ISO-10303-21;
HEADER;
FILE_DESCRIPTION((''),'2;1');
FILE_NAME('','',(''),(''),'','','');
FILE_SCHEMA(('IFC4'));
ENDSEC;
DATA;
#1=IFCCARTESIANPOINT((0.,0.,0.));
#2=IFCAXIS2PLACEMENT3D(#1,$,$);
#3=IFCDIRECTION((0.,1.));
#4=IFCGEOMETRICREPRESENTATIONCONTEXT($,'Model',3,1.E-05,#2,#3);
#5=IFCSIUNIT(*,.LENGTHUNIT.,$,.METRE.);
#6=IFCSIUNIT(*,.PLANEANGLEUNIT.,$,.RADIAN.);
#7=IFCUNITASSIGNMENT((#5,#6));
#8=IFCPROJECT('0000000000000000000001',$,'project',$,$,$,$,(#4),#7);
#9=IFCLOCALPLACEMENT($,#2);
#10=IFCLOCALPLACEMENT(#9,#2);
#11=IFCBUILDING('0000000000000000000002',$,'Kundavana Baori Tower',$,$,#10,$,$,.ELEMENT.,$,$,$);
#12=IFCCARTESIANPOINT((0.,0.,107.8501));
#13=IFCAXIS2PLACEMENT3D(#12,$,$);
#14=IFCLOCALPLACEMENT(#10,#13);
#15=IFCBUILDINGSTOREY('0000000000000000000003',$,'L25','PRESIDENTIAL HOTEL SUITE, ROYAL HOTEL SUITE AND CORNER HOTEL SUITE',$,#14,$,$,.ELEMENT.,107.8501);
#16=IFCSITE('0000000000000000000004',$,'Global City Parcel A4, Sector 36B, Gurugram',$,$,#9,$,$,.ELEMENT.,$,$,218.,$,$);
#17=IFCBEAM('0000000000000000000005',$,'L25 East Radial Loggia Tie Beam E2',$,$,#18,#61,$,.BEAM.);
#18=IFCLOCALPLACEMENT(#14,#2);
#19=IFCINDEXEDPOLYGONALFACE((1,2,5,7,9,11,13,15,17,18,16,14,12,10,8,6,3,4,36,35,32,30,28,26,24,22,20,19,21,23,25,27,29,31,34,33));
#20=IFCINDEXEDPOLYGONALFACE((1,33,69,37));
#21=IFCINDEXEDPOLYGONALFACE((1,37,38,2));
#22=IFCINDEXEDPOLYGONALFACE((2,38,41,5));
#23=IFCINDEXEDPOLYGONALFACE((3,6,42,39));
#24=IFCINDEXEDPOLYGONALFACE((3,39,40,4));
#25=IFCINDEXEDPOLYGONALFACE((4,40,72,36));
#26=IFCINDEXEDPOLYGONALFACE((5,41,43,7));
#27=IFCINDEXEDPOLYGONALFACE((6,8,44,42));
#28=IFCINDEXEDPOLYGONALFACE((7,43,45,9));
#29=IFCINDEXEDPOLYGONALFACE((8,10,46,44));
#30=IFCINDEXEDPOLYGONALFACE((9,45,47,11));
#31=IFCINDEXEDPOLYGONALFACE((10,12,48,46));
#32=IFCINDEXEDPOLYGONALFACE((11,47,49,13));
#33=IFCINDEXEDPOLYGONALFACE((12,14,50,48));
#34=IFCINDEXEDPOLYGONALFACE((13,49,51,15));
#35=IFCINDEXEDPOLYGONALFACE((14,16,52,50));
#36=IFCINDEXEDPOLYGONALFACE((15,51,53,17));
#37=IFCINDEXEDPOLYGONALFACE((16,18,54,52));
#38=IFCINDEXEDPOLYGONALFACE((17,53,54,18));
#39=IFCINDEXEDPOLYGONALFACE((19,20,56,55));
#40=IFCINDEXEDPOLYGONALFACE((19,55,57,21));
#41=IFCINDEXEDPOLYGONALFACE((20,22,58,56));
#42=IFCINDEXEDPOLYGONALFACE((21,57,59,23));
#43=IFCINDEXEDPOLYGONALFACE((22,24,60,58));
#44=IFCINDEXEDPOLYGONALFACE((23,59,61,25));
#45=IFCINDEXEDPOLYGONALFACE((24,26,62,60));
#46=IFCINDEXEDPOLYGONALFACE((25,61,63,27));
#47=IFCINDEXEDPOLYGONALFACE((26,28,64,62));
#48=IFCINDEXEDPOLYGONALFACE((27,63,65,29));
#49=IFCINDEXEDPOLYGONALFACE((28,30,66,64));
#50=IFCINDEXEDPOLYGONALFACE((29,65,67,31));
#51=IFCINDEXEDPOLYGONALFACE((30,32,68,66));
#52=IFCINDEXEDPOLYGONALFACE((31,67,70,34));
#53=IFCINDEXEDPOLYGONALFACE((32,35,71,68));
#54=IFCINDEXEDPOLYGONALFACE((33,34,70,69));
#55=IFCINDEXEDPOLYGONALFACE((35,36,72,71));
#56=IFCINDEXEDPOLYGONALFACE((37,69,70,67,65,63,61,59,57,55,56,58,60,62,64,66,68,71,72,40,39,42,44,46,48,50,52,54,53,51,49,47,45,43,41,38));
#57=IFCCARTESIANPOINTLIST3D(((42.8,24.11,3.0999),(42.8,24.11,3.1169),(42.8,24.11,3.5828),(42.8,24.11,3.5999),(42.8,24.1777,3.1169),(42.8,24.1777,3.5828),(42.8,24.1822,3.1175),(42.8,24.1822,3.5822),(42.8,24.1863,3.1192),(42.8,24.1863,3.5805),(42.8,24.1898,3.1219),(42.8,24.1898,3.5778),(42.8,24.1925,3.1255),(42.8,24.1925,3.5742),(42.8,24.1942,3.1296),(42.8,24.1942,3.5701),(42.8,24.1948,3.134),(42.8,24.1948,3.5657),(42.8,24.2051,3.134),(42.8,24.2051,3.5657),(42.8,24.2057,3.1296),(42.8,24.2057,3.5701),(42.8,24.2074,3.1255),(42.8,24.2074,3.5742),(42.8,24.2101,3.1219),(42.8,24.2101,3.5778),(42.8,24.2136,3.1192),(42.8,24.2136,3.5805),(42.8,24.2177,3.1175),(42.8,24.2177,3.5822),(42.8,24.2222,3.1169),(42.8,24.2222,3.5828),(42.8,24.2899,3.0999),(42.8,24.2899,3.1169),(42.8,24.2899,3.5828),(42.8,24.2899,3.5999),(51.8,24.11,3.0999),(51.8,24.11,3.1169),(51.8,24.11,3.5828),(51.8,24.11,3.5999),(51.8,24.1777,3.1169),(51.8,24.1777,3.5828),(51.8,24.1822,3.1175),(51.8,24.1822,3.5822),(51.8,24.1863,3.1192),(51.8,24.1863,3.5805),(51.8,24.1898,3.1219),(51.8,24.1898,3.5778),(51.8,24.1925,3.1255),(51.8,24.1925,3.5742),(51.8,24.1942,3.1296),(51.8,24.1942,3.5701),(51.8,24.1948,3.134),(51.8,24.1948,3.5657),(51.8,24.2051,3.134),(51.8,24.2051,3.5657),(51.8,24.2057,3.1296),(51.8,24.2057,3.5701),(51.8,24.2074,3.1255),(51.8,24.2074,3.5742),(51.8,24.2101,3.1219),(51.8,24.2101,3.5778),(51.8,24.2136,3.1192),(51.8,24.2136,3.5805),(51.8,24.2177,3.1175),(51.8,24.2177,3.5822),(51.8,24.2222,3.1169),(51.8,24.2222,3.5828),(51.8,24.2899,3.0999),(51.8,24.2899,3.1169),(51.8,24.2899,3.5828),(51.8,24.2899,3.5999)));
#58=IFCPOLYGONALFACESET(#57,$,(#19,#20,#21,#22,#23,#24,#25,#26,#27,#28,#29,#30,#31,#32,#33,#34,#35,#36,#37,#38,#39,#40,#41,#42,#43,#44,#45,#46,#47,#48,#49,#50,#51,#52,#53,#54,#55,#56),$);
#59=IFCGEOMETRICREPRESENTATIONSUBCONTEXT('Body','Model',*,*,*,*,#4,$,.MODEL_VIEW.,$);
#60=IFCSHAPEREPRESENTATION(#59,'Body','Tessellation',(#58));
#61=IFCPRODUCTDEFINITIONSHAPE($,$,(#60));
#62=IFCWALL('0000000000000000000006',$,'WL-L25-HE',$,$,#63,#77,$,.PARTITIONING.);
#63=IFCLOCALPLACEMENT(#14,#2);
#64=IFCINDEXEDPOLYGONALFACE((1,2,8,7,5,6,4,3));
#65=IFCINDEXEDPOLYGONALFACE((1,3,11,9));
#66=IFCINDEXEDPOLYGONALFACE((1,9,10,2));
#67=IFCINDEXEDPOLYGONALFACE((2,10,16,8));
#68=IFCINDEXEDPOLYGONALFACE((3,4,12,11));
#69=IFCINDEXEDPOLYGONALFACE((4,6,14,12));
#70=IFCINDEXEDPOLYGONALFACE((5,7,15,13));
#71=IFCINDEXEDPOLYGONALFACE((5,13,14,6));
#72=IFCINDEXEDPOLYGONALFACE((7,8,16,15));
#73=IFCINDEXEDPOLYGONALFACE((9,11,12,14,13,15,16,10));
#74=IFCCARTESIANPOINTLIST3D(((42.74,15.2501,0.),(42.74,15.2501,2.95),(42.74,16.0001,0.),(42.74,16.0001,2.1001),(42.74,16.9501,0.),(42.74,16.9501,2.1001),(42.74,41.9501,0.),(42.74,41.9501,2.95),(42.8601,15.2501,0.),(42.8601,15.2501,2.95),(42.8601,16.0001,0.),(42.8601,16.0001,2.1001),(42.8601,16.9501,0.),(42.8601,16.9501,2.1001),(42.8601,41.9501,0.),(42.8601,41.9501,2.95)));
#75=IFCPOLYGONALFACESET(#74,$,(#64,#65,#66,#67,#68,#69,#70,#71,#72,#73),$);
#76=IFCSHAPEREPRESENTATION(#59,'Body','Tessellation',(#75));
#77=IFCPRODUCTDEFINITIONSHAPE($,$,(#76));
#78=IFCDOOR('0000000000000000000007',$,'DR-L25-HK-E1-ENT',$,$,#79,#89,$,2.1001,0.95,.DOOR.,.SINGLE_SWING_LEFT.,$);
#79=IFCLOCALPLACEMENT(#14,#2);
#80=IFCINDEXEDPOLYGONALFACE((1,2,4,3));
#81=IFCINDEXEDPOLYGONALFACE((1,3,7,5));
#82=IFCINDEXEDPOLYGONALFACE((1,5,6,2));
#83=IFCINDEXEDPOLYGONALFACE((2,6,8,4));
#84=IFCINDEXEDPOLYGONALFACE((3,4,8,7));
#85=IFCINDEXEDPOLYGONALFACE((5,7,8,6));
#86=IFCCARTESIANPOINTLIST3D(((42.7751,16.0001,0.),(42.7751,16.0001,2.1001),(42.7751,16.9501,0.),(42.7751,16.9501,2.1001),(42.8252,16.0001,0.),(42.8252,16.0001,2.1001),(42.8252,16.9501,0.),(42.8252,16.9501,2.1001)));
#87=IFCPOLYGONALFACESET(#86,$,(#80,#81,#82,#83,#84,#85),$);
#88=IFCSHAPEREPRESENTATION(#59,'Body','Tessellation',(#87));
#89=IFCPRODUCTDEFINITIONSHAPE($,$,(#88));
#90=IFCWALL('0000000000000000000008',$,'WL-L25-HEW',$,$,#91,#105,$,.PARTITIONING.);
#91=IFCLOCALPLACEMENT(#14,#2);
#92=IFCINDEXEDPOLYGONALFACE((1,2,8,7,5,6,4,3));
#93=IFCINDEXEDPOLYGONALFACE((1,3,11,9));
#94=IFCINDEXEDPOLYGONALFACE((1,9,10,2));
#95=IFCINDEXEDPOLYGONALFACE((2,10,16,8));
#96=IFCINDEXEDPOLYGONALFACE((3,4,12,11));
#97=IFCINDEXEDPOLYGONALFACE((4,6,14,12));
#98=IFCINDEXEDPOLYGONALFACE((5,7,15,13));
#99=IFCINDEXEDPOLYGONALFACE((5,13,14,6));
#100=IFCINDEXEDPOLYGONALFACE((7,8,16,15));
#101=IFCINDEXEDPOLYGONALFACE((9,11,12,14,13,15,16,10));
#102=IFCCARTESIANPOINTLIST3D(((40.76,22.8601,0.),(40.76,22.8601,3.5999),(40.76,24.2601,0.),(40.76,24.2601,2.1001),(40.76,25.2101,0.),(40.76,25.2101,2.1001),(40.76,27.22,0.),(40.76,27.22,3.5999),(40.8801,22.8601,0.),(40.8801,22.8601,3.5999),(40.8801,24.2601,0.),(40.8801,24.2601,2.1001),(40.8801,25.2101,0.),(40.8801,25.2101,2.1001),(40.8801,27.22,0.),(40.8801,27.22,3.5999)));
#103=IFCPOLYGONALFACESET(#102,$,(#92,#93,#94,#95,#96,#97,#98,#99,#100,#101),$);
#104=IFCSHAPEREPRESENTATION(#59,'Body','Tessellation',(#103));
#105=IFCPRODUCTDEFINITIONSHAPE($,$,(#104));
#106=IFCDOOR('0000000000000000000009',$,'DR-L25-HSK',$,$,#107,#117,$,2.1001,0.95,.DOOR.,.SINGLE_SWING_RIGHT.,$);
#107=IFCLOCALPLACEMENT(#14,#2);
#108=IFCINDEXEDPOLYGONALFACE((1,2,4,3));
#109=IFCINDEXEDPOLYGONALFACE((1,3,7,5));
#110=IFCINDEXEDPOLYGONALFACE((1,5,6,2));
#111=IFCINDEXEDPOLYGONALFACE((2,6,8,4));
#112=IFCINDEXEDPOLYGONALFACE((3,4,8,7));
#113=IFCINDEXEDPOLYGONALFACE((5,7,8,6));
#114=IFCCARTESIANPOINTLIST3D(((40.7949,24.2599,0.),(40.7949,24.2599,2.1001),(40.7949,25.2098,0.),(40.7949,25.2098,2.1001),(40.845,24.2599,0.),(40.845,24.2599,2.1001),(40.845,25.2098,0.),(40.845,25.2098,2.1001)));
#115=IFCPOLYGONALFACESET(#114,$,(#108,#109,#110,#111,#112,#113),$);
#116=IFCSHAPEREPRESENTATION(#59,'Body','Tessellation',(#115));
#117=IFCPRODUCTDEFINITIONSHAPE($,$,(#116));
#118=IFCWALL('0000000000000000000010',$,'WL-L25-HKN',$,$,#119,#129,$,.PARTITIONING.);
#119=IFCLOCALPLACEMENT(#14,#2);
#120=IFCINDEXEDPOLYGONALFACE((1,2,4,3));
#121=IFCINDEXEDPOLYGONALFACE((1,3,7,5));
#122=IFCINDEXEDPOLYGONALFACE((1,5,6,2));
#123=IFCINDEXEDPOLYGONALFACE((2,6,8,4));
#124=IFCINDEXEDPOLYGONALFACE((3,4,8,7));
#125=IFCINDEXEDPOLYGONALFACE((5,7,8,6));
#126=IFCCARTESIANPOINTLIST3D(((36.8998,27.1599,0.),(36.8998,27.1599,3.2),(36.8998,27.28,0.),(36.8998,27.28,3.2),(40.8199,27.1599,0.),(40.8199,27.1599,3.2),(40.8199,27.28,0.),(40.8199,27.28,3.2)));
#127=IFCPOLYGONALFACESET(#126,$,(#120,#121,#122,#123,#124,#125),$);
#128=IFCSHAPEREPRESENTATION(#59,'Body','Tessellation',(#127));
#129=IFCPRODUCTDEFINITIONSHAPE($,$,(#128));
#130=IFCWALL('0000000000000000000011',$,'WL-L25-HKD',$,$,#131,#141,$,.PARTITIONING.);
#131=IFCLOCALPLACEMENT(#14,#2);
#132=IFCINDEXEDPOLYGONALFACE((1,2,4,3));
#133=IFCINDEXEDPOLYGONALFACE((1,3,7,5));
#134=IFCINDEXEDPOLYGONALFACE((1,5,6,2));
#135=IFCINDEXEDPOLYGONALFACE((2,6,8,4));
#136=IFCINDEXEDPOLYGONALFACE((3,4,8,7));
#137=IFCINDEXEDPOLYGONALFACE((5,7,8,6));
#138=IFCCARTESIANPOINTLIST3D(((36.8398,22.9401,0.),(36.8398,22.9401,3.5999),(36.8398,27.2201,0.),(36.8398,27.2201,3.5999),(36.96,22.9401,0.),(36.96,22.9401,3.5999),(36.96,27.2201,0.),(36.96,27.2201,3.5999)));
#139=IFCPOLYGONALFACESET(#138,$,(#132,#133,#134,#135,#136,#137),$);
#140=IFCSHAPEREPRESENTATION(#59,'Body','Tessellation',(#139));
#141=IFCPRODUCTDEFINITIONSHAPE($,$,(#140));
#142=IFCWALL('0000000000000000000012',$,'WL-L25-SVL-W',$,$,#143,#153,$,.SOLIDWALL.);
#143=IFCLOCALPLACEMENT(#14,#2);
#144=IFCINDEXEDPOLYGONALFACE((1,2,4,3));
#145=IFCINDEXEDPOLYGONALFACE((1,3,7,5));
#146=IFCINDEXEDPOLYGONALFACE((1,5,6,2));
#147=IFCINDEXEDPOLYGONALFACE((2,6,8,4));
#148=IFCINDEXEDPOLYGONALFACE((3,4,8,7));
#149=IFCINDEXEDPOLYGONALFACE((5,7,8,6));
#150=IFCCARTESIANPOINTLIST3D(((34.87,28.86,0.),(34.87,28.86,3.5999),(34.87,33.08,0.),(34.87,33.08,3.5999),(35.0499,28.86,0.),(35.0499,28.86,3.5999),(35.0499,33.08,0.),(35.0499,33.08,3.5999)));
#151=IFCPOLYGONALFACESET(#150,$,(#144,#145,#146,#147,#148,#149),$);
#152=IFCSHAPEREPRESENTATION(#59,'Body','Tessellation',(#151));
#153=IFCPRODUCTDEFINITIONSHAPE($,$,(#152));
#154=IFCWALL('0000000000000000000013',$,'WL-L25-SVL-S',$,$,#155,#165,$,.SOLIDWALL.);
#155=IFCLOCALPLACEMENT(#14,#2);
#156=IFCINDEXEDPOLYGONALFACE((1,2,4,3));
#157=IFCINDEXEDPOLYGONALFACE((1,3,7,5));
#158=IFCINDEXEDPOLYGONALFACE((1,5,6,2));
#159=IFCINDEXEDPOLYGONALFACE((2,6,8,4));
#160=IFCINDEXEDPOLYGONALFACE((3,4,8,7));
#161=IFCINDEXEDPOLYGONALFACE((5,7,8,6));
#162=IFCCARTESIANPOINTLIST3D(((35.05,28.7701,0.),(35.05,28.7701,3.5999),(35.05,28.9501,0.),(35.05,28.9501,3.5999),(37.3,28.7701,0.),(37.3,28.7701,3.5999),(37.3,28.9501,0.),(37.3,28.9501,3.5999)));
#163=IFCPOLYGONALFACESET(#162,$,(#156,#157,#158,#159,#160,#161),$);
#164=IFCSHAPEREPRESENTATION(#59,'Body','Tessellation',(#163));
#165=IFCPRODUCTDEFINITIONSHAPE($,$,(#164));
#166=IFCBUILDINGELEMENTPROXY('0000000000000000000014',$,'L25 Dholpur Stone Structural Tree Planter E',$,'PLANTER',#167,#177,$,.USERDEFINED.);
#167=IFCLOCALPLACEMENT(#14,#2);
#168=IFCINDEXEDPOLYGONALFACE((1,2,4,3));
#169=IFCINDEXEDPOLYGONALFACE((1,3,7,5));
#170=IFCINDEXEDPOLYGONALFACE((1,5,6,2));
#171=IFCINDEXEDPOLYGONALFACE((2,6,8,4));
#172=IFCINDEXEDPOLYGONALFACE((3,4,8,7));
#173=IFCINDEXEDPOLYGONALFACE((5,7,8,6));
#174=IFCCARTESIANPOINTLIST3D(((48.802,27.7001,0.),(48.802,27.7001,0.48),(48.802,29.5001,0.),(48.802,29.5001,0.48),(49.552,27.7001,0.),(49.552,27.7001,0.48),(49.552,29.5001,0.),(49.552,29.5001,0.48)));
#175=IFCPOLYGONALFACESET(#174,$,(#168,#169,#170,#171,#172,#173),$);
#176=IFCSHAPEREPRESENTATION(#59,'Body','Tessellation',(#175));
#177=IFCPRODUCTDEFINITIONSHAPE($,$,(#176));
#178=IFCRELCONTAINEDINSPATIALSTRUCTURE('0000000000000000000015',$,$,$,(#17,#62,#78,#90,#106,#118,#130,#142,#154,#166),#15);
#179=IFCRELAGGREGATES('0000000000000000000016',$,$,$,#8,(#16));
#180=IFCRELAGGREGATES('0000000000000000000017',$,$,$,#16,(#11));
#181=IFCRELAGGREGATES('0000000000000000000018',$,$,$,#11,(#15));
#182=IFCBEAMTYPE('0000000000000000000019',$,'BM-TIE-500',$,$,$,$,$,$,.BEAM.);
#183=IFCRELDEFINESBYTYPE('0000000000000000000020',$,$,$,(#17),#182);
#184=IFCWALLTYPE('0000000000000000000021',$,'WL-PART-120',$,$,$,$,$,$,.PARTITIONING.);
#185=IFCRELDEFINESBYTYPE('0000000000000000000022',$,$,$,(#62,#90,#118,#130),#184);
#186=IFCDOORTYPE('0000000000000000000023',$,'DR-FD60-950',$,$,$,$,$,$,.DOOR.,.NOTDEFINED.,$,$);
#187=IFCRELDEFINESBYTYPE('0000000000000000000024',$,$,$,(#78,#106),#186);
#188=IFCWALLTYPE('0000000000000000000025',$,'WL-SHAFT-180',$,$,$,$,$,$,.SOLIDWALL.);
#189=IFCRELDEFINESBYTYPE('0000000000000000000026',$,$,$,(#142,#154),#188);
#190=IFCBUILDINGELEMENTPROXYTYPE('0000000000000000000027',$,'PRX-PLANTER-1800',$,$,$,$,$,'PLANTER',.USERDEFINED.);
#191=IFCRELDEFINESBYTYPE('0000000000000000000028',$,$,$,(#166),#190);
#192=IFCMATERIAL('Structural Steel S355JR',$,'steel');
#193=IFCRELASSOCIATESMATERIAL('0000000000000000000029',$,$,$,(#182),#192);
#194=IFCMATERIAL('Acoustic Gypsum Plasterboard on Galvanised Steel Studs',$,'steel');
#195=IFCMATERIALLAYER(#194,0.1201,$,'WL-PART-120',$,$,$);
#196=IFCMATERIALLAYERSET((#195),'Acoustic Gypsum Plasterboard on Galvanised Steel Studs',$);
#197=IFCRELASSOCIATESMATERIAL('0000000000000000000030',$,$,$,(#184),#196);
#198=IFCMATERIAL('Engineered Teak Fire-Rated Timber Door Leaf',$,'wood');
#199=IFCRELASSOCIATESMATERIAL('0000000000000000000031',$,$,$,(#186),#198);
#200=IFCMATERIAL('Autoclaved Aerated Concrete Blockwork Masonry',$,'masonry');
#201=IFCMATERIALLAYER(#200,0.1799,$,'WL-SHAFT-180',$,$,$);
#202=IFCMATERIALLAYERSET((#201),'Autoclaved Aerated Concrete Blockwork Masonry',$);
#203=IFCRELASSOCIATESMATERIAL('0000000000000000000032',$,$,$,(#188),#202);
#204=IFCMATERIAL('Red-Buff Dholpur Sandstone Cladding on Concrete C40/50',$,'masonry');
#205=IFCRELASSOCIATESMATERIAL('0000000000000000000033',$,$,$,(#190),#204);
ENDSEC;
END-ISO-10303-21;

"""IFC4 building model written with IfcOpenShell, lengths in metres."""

from ifc_helpers import new_model, si_unit, direction, frame, frame_2d, origin, origin_2d, place, context, subcontext, project, spatial, rectangle, i_section, extrude, material, layer, layer_set, material_profile, profile_set, type_object, element, fill, save


model = new_model("IFC4")

# Units and contexts
model_context = context("Model", 3, precision=1e-05, world=origin(), true_north=direction((0.0, 1.0)))
body_context = subcontext(model_context, "Body", "Model", "MODEL_VIEW")
ifc_project = project(units=[si_unit("LENGTHUNIT", "METRE"), si_unit("PLANEANGLEUNIT", "RADIAN")], contexts=[model_context])

# Site, building, storey
site_placement = place(None, origin())
site = spatial("IfcSite", under=ifc_project, at=site_placement, Name="Global City Parcel A4, Sector 36B, Gurugram", CompositionType="ELEMENT", RefElevation=218.0)
building_placement = place(site_placement, origin())
building = spatial("IfcBuilding", under=site, at=building_placement, Name="Kundavana Baori Tower", CompositionType="ELEMENT")
storey_placement = place(building_placement, frame((0.0, 0.0, 107.8501)))
storey = spatial("IfcBuildingStorey", under=building, at=storey_placement, Name="L25", Description="PRESIDENTIAL HOTEL SUITE, ROYAL HOTEL SUITE AND CORNER HOTEL SUITE", CompositionType="ELEMENT", Elevation=107.8501)

# Beam
ifc_material_1 = material(Name="Structural Steel S355JR", Category="steel")
ifc_material_profile_1 = material_profile(ifc_material_1, i_section(OverallWidth=0.1799, OverallDepth=0.5, WebThickness=0.0103, FlangeThickness=0.0171, FilletRadius=0.0171, at=origin_2d()), Name="ISMB 500")
ifc_profile_set_1 = profile_set([ifc_material_profile_1], Name="Structural Steel S355JR")
beam_type_1 = type_object("IfcBeamType", Name="BM-TIE-500", PredefinedType="BEAM", material=ifc_profile_set_1)
for number, where, z_axis, x_axis, name in (
    (1, (42.8, 24.2, 3.3499), (1.0, 0.0, 0.0), (0.0, 1.0, 0.0), "L25 East Radial Loggia Tie Beam E2"),
):
    element("IfcBeam", number, at=place(storey_placement, frame(where, z_axis=z_axis, x_axis=x_axis)), inside=storey, type_object=beam_type_1, Name=name, PredefinedType="BEAM", context=body_context, shape_type="SweptSolid", body=[
        extrude(i_section(OverallWidth=0.1799, OverallDepth=0.5, WebThickness=0.0103, FlangeThickness=0.0171, FilletRadius=0.0171, at=origin_2d()), origin(), (0.0, 0.0, 1.0), 9.0),
    ])

# Walls, openings, doors
ifc_material_2 = material(Name="Acoustic Gypsum Plasterboard on Galvanised Steel Studs", Category="steel")
ifc_layer_1 = layer(ifc_material_2, 0.1201, Name="WL-PART-120")
ifc_layer_set_1 = layer_set([ifc_layer_1], Name="Acoustic Gypsum Plasterboard on Galvanised Steel Studs")
wall_type_1 = type_object("IfcWallType", Name="WL-PART-120", PredefinedType="PARTITIONING", material=ifc_layer_set_1)
wall_1_placement = place(storey_placement, frame((42.8, 15.25, 0.0), z_axis=(0.0, 0.0, 1.0), x_axis=(0.0, 1.0, 0.0)))
wall_1 = element("IfcWall", 2, at=wall_1_placement, inside=storey, type_object=wall_type_1, Name="WL-L25-HE", PredefinedType="PARTITIONING", context=body_context, shape_type="SweptSolid", body=[
    extrude(rectangle(XDim=26.7, YDim=0.1201, at=frame_2d((13.3501, 0.0))), origin(), (0.0, 0.0, 1.0), 2.95),
])
opening_1_placement = place(wall_1_placement, frame((0.75, 0.0, 0.0)))
opening_1 = element("IfcOpeningElement", 3, at=opening_1_placement, cuts=wall_1, PredefinedType="OPENING", context=body_context, shape_type="SweptSolid", body=[
    extrude(rectangle(XDim=0.95, YDim=2.1001, at=frame_2d((0.4751, 1.05))), frame((0.0, 0.0701, 0.0), z_axis=(0.0, -1.0, 0.0), x_axis=(1.0, 0.0, 0.0)), (0.0, 0.0, 1.0), 0.1401),
])
ifc_material_3 = material(Name="Engineered Teak Fire-Rated Timber Door Leaf", Category="wood")
door_type = type_object("IfcDoorType", Name="DR-FD60-950", OperationType="NOTDEFINED", PredefinedType="DOOR", material=ifc_material_3)
door_1_placement = place(opening_1_placement, origin())
door_1 = element("IfcDoor", 4, at=door_1_placement, inside=storey, type_object=door_type, Name="DR-L25-HK-E1-ENT", OperationType="SINGLE_SWING_LEFT", OverallHeight=2.1001, OverallWidth=0.95, PredefinedType="DOOR", context=body_context, shape_type="SweptSolid", body=[
    extrude(rectangle(XDim=0.95, YDim=2.1001, at=frame_2d((0.4751, 1.05))), frame((0.0, 0.0249, 0.0), z_axis=(0.0, -1.0, 0.0), x_axis=(1.0, 0.0, 0.0)), (0.0, 0.0, 1.0), 0.05),
])
fill(opening_1, door_1)
wall_2_placement = place(storey_placement, frame((40.8201, 22.8601, 0.0), z_axis=(0.0, 0.0, 1.0), x_axis=(0.0, 1.0, 0.0)))
wall_2 = element("IfcWall", 5, at=wall_2_placement, inside=storey, type_object=wall_type_1, Name="WL-L25-HEW", PredefinedType="PARTITIONING", context=body_context, shape_type="SweptSolid", body=[
    extrude(rectangle(XDim=4.3599, YDim=0.1201, at=frame_2d((2.1799, 0.0))), origin(), (0.0, 0.0, 1.0), 3.5999),
])
opening_2_placement = place(wall_2_placement, frame((1.3999, 0.0, 0.0)))
opening_2 = element("IfcOpeningElement", 6, at=opening_2_placement, cuts=wall_2, PredefinedType="OPENING", context=body_context, shape_type="SweptSolid", body=[
    extrude(rectangle(XDim=0.95, YDim=2.1001, at=frame_2d((0.4751, 1.05))), frame((0.0, 0.0701, 0.0), z_axis=(0.0, -1.0, 0.0), x_axis=(1.0, 0.0, 0.0)), (0.0, 0.0, 1.0), 0.1401),
])
door_2_placement = place(opening_2_placement, frame((0.95, 0.0, 0.0), z_axis=(0.0, 0.0, 1.0), x_axis=(-1.0, 0.0, 0.0)))
door_2 = element("IfcDoor", 7, at=door_2_placement, inside=storey, type_object=door_type, Name="DR-L25-HSK", OperationType="SINGLE_SWING_RIGHT", OverallHeight=2.1001, OverallWidth=0.95, PredefinedType="DOOR", context=body_context, shape_type="SweptSolid", body=[
    extrude(rectangle(XDim=0.95, YDim=2.1001, at=frame_2d((0.4751, 1.05))), frame((0.0, 0.0249, 0.0), z_axis=(0.0, -1.0, 0.0), x_axis=(1.0, 0.0, 0.0)), (0.0, 0.0, 1.0), 0.05),
])
fill(opening_2, door_2)

# Walls
wall_3_placement = place(storey_placement, frame((36.8999, 27.22, 0.0), z_axis=(0.0, 0.0, 1.0), x_axis=(1.0, 0.0, 0.0)))
element("IfcWall", 8, at=wall_3_placement, inside=storey, type_object=wall_type_1, Name="WL-L25-HKN", PredefinedType="PARTITIONING", context=body_context, shape_type="SweptSolid", body=[
    extrude(rectangle(XDim=3.9202, YDim=0.1201, at=frame_2d((1.96, 0.0))), origin(), (0.0, 0.0, 1.0), 3.2),
])
wall_4_placement = place(storey_placement, frame((36.8999, 22.9399, 0.0), z_axis=(0.0, 0.0, 1.0), x_axis=(0.0, 1.0, 0.0)))
element("IfcWall", 9, at=wall_4_placement, inside=storey, type_object=wall_type_1, Name="WL-L25-HKD", PredefinedType="PARTITIONING", context=body_context, shape_type="SweptSolid", body=[
    extrude(rectangle(XDim=4.28, YDim=0.1201, at=frame_2d((2.1401, 0.0))), origin(), (0.0, 0.0, 1.0), 3.5999),
])
ifc_material_4 = material(Name="Autoclaved Aerated Concrete Blockwork Masonry", Category="masonry")
ifc_layer_2 = layer(ifc_material_4, 0.1799, Name="WL-SHAFT-180")
ifc_layer_set_2 = layer_set([ifc_layer_2], Name="Autoclaved Aerated Concrete Blockwork Masonry")
wall_type_2 = type_object("IfcWallType", Name="WL-SHAFT-180", PredefinedType="SOLIDWALL", material=ifc_layer_set_2)
wall_5_placement = place(storey_placement, frame((34.96, 28.8601, 0.0), z_axis=(0.0, 0.0, 1.0), x_axis=(0.0, 1.0, 0.0)))
element("IfcWall", 10, at=wall_5_placement, inside=storey, type_object=wall_type_2, Name="WL-L25-SVL-W", PredefinedType="SOLIDWALL", context=body_context, shape_type="SweptSolid", body=[
    extrude(rectangle(XDim=4.22, YDim=0.1799, at=frame_2d((2.1099, 0.0))), origin(), (0.0, 0.0, 1.0), 3.5999),
])
wall_6_placement = place(storey_placement, frame((35.05, 28.8601, 0.0), z_axis=(0.0, 0.0, 1.0), x_axis=(1.0, 0.0, 0.0)))
element("IfcWall", 11, at=wall_6_placement, inside=storey, type_object=wall_type_2, Name="WL-L25-SVL-S", PredefinedType="SOLIDWALL", context=body_context, shape_type="SweptSolid", body=[
    extrude(rectangle(XDim=2.25, YDim=0.1799, at=frame_2d((1.125, 0.0))), origin(), (0.0, 0.0, 1.0), 3.5999),
])

# Building element proxy
ifc_material_5 = material(Name="Red-Buff Dholpur Sandstone Cladding on Concrete C40/50", Category="masonry")
building_element_proxy_type = type_object("IfcBuildingElementProxyType", Name="PRX-PLANTER-1800", ElementType="PLANTER", PredefinedType="USERDEFINED", material=ifc_material_5)
proxy_placement = place(storey_placement, frame((49.177, 28.6001, 0.0), z_axis=(0.0, 0.0, 1.0), x_axis=(0.0, 1.0, 0.0)))
element("IfcBuildingElementProxy", 12, at=proxy_placement, inside=storey, type_object=building_element_proxy_type, Name="L25 Dholpur Stone Structural Tree Planter E", ObjectType="PLANTER", PredefinedType="USERDEFINED", context=body_context, shape_type="SweptSolid", body=[
    extrude(rectangle(XDim=1.8, YDim=0.75, at=origin_2d()), origin(), (0.0, 0.0, 1.0), 0.48),
])

save(model, "model.ifc")
